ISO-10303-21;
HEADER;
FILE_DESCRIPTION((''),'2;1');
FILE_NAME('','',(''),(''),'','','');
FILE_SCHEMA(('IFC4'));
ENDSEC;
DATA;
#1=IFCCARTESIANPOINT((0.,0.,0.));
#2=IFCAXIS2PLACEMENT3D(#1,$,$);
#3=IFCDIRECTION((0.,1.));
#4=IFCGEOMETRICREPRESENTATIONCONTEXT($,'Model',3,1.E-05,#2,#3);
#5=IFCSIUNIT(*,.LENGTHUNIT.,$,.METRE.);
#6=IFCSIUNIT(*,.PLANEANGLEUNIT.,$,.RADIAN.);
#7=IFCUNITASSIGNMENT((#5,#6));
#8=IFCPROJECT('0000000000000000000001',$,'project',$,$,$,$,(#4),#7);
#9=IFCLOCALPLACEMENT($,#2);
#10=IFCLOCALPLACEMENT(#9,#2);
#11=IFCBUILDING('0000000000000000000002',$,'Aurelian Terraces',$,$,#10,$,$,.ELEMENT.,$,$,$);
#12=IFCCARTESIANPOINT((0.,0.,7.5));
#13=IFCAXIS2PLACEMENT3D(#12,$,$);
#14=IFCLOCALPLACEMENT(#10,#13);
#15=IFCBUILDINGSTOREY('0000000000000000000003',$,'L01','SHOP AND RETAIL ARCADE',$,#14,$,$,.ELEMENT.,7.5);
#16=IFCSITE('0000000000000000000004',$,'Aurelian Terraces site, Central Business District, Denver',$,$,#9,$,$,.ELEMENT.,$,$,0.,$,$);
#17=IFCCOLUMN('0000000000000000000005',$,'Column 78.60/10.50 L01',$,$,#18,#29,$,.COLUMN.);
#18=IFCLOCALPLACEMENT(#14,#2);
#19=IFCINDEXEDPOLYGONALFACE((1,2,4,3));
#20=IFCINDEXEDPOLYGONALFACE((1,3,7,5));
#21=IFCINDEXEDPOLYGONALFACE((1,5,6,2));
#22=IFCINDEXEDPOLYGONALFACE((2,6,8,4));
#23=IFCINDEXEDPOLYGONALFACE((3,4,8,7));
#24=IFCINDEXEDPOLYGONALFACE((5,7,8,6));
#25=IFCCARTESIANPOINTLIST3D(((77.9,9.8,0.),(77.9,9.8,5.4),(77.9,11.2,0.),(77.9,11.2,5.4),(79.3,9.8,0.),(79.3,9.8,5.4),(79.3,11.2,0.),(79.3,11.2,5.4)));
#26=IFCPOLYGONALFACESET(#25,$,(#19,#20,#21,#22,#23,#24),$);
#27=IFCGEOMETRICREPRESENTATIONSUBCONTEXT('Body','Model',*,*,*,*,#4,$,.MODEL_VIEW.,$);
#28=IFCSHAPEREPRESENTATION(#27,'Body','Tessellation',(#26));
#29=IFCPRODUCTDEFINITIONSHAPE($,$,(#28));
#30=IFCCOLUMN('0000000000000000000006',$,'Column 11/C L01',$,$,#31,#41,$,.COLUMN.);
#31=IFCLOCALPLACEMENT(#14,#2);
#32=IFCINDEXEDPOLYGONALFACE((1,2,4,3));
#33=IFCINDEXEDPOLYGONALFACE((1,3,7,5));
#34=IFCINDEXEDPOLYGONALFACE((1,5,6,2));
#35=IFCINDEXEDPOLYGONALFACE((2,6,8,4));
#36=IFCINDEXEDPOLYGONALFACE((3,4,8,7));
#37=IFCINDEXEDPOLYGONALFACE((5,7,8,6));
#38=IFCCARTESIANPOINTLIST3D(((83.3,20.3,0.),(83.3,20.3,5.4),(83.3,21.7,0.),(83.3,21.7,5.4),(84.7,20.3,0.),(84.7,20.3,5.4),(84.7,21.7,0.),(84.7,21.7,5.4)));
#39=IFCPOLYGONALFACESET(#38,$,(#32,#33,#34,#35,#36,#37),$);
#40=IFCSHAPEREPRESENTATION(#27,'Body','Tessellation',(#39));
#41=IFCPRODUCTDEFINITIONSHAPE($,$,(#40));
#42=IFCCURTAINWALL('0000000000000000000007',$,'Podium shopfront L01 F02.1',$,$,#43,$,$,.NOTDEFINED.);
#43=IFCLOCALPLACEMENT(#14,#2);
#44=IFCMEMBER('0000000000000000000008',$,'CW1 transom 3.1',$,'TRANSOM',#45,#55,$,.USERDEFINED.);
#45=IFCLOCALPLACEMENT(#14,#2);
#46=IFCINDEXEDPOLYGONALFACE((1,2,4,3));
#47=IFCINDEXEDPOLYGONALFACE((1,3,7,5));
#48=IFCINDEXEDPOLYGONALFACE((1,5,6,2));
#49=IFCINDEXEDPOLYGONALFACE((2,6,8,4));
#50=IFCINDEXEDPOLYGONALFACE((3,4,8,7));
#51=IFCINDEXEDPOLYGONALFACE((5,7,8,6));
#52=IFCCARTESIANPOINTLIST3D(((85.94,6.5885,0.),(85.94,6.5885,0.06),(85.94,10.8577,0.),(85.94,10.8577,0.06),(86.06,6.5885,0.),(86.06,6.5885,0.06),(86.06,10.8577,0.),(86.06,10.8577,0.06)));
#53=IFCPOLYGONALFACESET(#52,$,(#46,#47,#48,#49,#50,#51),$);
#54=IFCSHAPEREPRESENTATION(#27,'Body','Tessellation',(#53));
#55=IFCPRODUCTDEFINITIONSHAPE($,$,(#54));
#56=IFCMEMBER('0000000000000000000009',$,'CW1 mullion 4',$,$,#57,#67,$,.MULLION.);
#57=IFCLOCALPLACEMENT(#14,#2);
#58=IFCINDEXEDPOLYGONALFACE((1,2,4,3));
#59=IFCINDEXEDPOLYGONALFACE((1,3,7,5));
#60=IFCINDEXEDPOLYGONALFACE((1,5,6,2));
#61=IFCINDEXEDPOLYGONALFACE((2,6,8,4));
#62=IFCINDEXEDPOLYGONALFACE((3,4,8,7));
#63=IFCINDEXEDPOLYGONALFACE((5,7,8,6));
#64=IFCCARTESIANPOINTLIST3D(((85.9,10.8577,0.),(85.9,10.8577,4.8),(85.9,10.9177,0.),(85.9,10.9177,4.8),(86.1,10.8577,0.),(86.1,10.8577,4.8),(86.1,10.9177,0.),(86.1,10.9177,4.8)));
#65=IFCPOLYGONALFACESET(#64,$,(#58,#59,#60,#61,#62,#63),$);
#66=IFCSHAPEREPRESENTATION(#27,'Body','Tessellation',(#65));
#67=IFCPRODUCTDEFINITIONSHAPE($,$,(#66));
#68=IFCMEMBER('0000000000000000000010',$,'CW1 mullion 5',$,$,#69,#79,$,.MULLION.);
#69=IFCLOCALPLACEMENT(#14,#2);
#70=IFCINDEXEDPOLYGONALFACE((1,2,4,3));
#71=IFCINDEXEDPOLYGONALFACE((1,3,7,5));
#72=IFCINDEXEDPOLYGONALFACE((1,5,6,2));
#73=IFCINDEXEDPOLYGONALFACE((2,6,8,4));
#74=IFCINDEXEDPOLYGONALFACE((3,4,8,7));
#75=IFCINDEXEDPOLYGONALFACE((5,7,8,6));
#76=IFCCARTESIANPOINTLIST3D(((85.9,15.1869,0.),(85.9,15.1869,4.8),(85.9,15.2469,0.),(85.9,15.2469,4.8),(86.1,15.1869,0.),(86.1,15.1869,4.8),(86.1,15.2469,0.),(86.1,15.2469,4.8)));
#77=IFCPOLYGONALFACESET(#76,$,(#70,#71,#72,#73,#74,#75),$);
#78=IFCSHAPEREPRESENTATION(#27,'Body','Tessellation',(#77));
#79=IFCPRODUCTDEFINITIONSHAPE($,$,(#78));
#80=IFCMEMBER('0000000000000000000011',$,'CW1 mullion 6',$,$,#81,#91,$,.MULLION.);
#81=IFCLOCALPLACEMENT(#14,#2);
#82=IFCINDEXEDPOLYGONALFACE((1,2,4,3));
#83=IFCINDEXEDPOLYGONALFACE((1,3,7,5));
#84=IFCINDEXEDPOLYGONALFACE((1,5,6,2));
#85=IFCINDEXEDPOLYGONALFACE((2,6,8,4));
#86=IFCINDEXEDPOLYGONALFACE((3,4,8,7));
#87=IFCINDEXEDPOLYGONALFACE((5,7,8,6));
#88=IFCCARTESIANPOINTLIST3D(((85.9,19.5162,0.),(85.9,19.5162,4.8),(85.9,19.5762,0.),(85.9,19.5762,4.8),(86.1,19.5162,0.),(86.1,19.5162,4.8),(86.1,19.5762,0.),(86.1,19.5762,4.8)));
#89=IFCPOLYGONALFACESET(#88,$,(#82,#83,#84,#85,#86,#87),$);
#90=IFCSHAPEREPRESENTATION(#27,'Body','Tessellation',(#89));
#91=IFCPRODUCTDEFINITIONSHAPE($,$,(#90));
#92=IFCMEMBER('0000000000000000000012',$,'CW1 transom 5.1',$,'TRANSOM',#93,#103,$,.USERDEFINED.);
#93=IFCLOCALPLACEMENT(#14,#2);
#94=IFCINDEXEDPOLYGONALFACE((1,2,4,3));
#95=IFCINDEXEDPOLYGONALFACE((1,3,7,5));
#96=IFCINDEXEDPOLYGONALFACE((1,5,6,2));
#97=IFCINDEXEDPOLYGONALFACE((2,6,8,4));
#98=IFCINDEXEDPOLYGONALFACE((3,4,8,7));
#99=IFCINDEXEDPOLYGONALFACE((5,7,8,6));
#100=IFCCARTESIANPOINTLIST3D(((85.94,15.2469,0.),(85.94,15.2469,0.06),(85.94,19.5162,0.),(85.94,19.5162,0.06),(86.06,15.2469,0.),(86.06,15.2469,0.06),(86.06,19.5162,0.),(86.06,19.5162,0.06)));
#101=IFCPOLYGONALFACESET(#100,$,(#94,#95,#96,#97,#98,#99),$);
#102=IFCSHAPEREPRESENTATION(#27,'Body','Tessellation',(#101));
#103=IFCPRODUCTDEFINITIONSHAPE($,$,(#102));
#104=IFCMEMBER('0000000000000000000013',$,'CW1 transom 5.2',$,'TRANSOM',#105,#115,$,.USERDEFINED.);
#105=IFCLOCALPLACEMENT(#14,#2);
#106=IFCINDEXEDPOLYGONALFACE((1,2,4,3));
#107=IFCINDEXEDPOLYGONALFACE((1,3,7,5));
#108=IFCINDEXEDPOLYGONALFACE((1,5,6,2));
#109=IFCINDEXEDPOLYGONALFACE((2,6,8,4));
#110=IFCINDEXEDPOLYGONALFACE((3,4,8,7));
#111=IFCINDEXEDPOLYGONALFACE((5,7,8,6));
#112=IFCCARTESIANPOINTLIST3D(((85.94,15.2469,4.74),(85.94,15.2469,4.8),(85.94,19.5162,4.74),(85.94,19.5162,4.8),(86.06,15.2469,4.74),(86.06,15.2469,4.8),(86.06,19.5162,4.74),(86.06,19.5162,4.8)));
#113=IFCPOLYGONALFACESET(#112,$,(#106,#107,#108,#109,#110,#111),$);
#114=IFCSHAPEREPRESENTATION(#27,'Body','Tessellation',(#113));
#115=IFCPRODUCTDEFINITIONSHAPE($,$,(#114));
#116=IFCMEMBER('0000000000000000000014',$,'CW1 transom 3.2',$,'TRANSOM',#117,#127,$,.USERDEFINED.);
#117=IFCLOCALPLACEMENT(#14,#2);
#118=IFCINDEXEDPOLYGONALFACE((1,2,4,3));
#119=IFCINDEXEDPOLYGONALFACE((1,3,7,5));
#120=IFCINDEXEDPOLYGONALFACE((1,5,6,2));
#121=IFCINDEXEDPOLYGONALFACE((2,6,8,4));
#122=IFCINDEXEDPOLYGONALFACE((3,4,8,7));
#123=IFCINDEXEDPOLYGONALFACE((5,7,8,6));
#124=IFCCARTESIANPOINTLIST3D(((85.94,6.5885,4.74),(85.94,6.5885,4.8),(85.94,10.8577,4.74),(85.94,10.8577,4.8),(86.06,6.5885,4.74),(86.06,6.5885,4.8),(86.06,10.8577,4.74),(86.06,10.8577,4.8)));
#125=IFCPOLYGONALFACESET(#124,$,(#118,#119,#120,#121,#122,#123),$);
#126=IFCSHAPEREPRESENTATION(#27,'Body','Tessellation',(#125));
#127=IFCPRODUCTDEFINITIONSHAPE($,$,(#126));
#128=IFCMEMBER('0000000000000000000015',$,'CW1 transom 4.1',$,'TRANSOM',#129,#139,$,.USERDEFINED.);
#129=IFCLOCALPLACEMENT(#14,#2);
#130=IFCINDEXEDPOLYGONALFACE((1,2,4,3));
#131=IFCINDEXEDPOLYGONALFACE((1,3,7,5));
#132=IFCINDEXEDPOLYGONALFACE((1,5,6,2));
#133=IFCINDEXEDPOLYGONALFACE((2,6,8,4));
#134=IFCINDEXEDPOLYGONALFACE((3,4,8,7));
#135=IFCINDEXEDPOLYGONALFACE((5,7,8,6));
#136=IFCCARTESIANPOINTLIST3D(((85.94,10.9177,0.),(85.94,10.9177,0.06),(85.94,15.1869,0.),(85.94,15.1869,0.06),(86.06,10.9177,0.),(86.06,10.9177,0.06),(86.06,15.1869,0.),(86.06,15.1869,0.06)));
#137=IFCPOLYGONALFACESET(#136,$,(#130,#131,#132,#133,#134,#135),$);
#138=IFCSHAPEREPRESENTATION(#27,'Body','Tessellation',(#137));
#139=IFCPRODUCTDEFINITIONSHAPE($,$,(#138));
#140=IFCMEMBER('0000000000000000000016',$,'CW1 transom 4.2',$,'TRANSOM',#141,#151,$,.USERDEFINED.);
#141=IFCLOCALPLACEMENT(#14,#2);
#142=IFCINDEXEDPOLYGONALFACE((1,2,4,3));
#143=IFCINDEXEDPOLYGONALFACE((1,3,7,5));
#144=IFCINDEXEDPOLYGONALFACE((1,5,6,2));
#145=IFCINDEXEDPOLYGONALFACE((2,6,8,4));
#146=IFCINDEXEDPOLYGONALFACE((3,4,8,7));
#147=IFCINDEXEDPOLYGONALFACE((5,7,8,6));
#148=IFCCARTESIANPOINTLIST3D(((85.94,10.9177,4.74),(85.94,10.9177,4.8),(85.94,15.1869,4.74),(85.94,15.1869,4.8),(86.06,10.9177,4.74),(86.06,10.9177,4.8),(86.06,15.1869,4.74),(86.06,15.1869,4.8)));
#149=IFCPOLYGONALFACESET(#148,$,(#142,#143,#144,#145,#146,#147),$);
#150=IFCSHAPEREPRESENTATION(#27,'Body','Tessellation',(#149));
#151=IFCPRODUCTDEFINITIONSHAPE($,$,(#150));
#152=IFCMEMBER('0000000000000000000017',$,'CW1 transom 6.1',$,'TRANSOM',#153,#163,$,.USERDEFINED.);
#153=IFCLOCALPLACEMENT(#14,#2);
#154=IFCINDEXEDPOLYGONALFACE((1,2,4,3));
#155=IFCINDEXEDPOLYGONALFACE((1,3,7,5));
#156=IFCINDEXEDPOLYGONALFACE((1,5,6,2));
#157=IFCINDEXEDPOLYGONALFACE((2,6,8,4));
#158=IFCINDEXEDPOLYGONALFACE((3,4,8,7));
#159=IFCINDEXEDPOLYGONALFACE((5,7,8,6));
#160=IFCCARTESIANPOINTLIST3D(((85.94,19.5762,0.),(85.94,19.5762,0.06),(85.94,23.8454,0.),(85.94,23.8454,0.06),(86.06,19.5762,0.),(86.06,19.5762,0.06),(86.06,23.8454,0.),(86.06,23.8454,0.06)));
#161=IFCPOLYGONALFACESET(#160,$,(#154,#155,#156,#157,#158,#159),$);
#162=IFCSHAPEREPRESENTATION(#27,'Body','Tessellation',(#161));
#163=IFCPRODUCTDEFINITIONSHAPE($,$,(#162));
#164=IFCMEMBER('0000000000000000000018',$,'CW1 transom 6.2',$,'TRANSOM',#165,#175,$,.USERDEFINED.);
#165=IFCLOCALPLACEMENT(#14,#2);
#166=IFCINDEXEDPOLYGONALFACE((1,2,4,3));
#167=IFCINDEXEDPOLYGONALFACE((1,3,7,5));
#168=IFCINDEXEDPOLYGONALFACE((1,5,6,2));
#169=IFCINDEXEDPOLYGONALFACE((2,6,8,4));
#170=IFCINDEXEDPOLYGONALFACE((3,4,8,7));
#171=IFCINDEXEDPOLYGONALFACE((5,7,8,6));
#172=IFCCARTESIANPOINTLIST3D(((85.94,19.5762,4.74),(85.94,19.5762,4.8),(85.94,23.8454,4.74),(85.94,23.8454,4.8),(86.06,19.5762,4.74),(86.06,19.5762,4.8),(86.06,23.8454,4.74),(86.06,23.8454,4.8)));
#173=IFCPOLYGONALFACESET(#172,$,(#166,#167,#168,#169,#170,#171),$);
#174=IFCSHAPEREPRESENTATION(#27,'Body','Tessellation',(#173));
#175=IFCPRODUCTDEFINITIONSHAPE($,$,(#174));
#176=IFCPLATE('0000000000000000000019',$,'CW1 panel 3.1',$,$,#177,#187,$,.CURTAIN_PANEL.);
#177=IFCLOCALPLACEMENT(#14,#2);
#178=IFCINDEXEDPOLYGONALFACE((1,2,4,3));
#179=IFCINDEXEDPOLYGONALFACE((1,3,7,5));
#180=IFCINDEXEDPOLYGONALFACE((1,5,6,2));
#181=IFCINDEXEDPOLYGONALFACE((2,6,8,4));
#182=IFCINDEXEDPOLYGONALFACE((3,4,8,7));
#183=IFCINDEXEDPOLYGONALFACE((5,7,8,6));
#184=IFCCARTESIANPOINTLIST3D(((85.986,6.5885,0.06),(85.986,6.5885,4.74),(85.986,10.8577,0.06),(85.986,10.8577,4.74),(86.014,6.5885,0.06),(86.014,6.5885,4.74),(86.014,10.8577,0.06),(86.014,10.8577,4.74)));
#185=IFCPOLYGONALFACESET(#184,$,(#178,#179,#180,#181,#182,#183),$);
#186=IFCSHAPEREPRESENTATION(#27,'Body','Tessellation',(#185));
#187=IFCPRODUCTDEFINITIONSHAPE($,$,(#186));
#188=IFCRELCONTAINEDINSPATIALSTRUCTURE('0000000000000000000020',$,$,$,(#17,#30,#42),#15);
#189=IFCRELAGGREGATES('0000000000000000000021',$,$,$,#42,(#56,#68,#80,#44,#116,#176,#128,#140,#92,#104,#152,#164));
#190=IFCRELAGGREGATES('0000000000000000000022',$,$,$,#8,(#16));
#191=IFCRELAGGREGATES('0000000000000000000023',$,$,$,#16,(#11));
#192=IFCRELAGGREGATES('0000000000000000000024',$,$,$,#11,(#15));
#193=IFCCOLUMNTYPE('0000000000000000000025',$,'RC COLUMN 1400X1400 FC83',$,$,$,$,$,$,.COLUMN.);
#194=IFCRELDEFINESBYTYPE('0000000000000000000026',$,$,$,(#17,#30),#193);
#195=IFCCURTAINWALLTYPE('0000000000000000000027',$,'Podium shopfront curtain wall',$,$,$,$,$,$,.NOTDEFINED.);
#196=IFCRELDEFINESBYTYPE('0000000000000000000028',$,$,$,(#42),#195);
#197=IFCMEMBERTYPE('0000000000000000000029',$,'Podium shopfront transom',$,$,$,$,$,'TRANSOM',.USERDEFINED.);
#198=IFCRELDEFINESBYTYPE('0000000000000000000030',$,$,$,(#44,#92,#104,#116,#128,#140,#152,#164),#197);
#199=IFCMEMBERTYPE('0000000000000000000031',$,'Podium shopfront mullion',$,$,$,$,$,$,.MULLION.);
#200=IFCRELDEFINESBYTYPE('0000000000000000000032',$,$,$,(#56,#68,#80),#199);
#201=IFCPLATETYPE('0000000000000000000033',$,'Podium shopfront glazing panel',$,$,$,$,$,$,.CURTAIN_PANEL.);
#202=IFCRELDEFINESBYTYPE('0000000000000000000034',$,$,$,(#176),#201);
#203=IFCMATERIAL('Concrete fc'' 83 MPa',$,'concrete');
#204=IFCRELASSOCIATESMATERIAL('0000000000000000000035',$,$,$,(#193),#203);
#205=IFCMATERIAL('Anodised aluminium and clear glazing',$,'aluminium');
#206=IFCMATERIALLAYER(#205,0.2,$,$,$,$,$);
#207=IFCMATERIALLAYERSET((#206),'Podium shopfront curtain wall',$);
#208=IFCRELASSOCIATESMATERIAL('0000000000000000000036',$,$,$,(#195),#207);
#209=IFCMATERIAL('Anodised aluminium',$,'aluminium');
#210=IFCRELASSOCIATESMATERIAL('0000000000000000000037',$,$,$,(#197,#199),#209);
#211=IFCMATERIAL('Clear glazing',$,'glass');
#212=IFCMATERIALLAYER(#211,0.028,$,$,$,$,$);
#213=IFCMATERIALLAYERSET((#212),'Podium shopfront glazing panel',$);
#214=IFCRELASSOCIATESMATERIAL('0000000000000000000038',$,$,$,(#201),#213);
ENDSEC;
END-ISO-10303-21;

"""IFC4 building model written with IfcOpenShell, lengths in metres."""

from ifc_helpers import new_model, si_unit, direction, frame, origin, origin_2d, place, context, subcontext, project, spatial, rectangle, extrude, source, transform, mapped, material, layer, layer_set, material_profile, profile_set, type_object, element, aggregate, save


model = new_model("IFC4")

# Units and contexts
model_context = context("Model", 3, precision=1e-05, world=origin(), true_north=direction((0.0, 1.0)))
body_context = subcontext(model_context, "Body", "Model", "MODEL_VIEW")
ifc_project = project(units=[si_unit("LENGTHUNIT", "METRE"), si_unit("PLANEANGLEUNIT", "RADIAN")], contexts=[model_context])

# Site, building, storey
site_placement = place(None, origin())
site = spatial("IfcSite", under=ifc_project, at=site_placement, Name="Aurelian Terraces site, Central Business District, Denver", CompositionType="ELEMENT", RefElevation=0.0)
building_placement = place(site_placement, origin())
building = spatial("IfcBuilding", under=site, at=building_placement, Name="Aurelian Terraces", CompositionType="ELEMENT")
storey_placement = place(building_placement, frame((0.0, 0.0, 7.5)))
storey = spatial("IfcBuildingStorey", under=building, at=storey_placement, Name="L01", Description="SHOP AND RETAIL ARCADE", CompositionType="ELEMENT", Elevation=7.5)

# Columns
ifc_material_1 = material(Name="Concrete fc' 83 MPa", Category="concrete")
ifc_material_profile_1 = material_profile(ifc_material_1, rectangle(XDim=1.4, YDim=1.4, at=origin_2d()))
ifc_profile_set_1 = profile_set([ifc_material_profile_1], Name="Concrete fc' 83 MPa")
column_type = type_object("IfcColumnType", Name="RC COLUMN 1400X1400 FC83", PredefinedType="COLUMN", material=ifc_profile_set_1)
shared_shape_1 = source(origin(), body_context, "Body", "SweptSolid", [
    extrude(rectangle(XDim=1.4, YDim=1.4, at=origin_2d()), origin(), (0.0, 0.0, 1.0), 5.4),
])
for number, where, z_axis, x_axis, name in (
    (1, (78.6, 10.5, 0.0), (0.0, 0.0, 1.0), (1.0, 0.0, 0.0), "Column 78.60/10.50 L01"),
    (2, (84.0, 21.0, 0.0), (0.0, 0.0, 1.0), (1.0, 0.0, 0.0), "Column 11/C L01"),
):
    element("IfcColumn", number, at=place(storey_placement, frame(where, z_axis=z_axis, x_axis=x_axis)), inside=storey, type_object=column_type, Name=name, PredefinedType="COLUMN", context=body_context, shape_type="MappedRepresentation", body=[
        mapped(shared_shape_1, transform((0.0, 0.0, 0.0), scale=1.0)),
    ])

# Curtain wall, members, plate
ifc_material_2 = material(Name="Anodised aluminium and clear glazing", Category="aluminium")
ifc_layer_1 = layer(ifc_material_2, 0.2)
ifc_layer_set_1 = layer_set([ifc_layer_1], Name="Podium shopfront curtain wall")
curtain_wall_type = type_object("IfcCurtainWallType", Name="Podium shopfront curtain wall", PredefinedType="NOTDEFINED", material=ifc_layer_set_1)
curtain_wall_placement = place(storey_placement, origin())
curtain_wall = element("IfcCurtainWall", 3, at=curtain_wall_placement, inside=storey, type_object=curtain_wall_type, Name="Podium shopfront L01 F02.1", PredefinedType="NOTDEFINED")
ifc_material_3 = material(Name="Anodised aluminium", Category="aluminium")
ifc_material_profile_2 = material_profile(ifc_material_3, rectangle(XDim=0.12, YDim=0.06, at=origin_2d()))
ifc_profile_set_2 = profile_set([ifc_material_profile_2], Name="Anodised aluminium")
member_type_1 = type_object("IfcMemberType", Name="Podium shopfront transom", ElementType="TRANSOM", PredefinedType="USERDEFINED", material=ifc_profile_set_2)
member_1_placement = place(storey_placement, frame((86.0, 6.5885, 0.03), z_axis=(0.0, 1.0, 0.0), x_axis=(-1.0, 0.0, 0.0)))
member_1 = element("IfcMember", 4, at=member_1_placement, type_object=member_type_1, Name="CW1 transom 3.1", ObjectType="TRANSOM", PredefinedType="USERDEFINED", context=body_context, shape_type="SweptSolid", body=[
    extrude(rectangle(XDim=0.12, YDim=0.06, at=origin_2d()), origin(), (0.0, 0.0, 1.0), 4.2692),
])
ifc_material_profile_3 = material_profile(ifc_material_3, rectangle(XDim=0.2, YDim=0.06, at=origin_2d()))
ifc_profile_set_3 = profile_set([ifc_material_profile_3], Name="Anodised aluminium")
member_type_2 = type_object("IfcMemberType", Name="Podium shopfront mullion", PredefinedType="MULLION", material=ifc_profile_set_3)
shared_shape_2 = source(origin(), body_context, "Body", "SweptSolid", [
    extrude(rectangle(XDim=0.2, YDim=0.06, at=origin_2d()), origin(), (0.0, 0.0, 1.0), 4.8),
])
member_2_placement = place(storey_placement, frame((86.0, 10.8877, 0.0), z_axis=(0.0, 0.0, 1.0), x_axis=(-1.0, 0.0, 0.0)))
member_2 = element("IfcMember", 5, at=member_2_placement, type_object=member_type_2, Name="CW1 mullion 4", PredefinedType="MULLION", context=body_context, shape_type="MappedRepresentation", body=[
    mapped(shared_shape_2, transform((0.0, 0.0, 0.0), scale=1.0)),
])
member_3_placement = place(storey_placement, frame((86.0, 15.2169, 0.0), z_axis=(0.0, 0.0, 1.0), x_axis=(-1.0, 0.0, 0.0)))
member_3 = element("IfcMember", 6, at=member_3_placement, type_object=member_type_2, Name="CW1 mullion 5", PredefinedType="MULLION", context=body_context, shape_type="MappedRepresentation", body=[
    mapped(shared_shape_2, transform((0.0, 0.0, 0.0), scale=1.0)),
])
member_4_placement = place(storey_placement, frame((86.0, 19.5462, 0.0), z_axis=(0.0, 0.0, 1.0), x_axis=(-1.0, 0.0, 0.0)))
member_4 = element("IfcMember", 7, at=member_4_placement, type_object=member_type_2, Name="CW1 mullion 6", PredefinedType="MULLION", context=body_context, shape_type="MappedRepresentation", body=[
    mapped(shared_shape_2, transform((0.0, 0.0, 0.0), scale=1.0)),
])
shared_shape_3 = source(origin(), body_context, "Body", "SweptSolid", [
    extrude(rectangle(XDim=0.12, YDim=0.06, at=origin_2d()), origin(), (0.0, 0.0, 1.0), 4.2693),
])
member_5_placement = place(storey_placement, frame((86.0, 15.2469, 0.03), z_axis=(0.0, 1.0, 0.0), x_axis=(-1.0, 0.0, 0.0)))
member_5 = element("IfcMember", 8, at=member_5_placement, type_object=member_type_1, Name="CW1 transom 5.1", ObjectType="TRANSOM", PredefinedType="USERDEFINED", context=body_context, shape_type="MappedRepresentation", body=[
    mapped(shared_shape_3, transform((0.0, 0.0, 0.0), scale=1.0)),
])
member_6_placement = place(storey_placement, frame((86.0, 15.2469, 4.77), z_axis=(0.0, 1.0, 0.0), x_axis=(-1.0, 0.0, 0.0)))
member_6 = element("IfcMember", 9, at=member_6_placement, type_object=member_type_1, Name="CW1 transom 5.2", ObjectType="TRANSOM", PredefinedType="USERDEFINED", context=body_context, shape_type="MappedRepresentation", body=[
    mapped(shared_shape_3, transform((0.0, 0.0, 0.0), scale=1.0)),
])
shared_shape_4 = source(origin(), body_context, "Body", "SweptSolid", [
    extrude(rectangle(XDim=0.12, YDim=0.06, at=origin_2d()), origin(), (0.0, 0.0, 1.0), 4.2692),
])
member_7_placement = place(storey_placement, frame((86.0, 6.5885, 4.77), z_axis=(0.0, 1.0, 0.0), x_axis=(-1.0, 0.0, 0.0)))
member_7 = element("IfcMember", 10, at=member_7_placement, type_object=member_type_1, Name="CW1 transom 3.2", ObjectType="TRANSOM", PredefinedType="USERDEFINED", context=body_context, shape_type="MappedRepresentation", body=[
    mapped(shared_shape_4, transform((0.0, 0.0, 0.0), scale=1.0)),
])
member_8_placement = place(storey_placement, frame((86.0, 10.9177, 0.03), z_axis=(0.0, 1.0, 0.0), x_axis=(-1.0, 0.0, 0.0)))
member_8 = element("IfcMember", 11, at=member_8_placement, type_object=member_type_1, Name="CW1 transom 4.1", ObjectType="TRANSOM", PredefinedType="USERDEFINED", context=body_context, shape_type="MappedRepresentation", body=[
    mapped(shared_shape_4, transform((0.0, 0.0, 0.0), scale=1.0)),
])
member_9_placement = place(storey_placement, frame((86.0, 10.9177, 4.77), z_axis=(0.0, 1.0, 0.0), x_axis=(-1.0, 0.0, 0.0)))
member_9 = element("IfcMember", 12, at=member_9_placement, type_object=member_type_1, Name="CW1 transom 4.2", ObjectType="TRANSOM", PredefinedType="USERDEFINED", context=body_context, shape_type="MappedRepresentation", body=[
    mapped(shared_shape_4, transform((0.0, 0.0, 0.0), scale=1.0)),
])
member_10_placement = place(storey_placement, frame((86.0, 19.5762, 0.03), z_axis=(0.0, 1.0, 0.0), x_axis=(-1.0, 0.0, 0.0)))
member_10 = element("IfcMember", 13, at=member_10_placement, type_object=member_type_1, Name="CW1 transom 6.1", ObjectType="TRANSOM", PredefinedType="USERDEFINED", context=body_context, shape_type="MappedRepresentation", body=[
    mapped(shared_shape_4, transform((0.0, 0.0, 0.0), scale=1.0)),
])
member_11_placement = place(storey_placement, frame((86.0, 19.5762, 4.77), z_axis=(0.0, 1.0, 0.0), x_axis=(-1.0, 0.0, 0.0)))
member_11 = element("IfcMember", 14, at=member_11_placement, type_object=member_type_1, Name="CW1 transom 6.2", ObjectType="TRANSOM", PredefinedType="USERDEFINED", context=body_context, shape_type="MappedRepresentation", body=[
    mapped(shared_shape_4, transform((0.0, 0.0, 0.0), scale=1.0)),
])
ifc_material_4 = material(Name="Clear glazing", Category="glass")
ifc_layer_2 = layer(ifc_material_4, 0.028)
ifc_layer_set_2 = layer_set([ifc_layer_2], Name="Podium shopfront glazing panel")
plate_type = type_object("IfcPlateType", Name="Podium shopfront glazing panel", PredefinedType="CURTAIN_PANEL", material=ifc_layer_set_2)
shared_shape_5 = source(origin(), body_context, "Body", "SweptSolid", [
    extrude(rectangle(XDim=4.2692, YDim=0.028, at=origin_2d()), origin(), (0.0, 0.0, 1.0), 4.68),
])
plate_1_placement = place(storey_placement, frame((86.0, 8.7231, 0.06), z_axis=(0.0, 0.0, 1.0), x_axis=(0.0, 1.0, 0.0)))
plate_1 = element("IfcPlate", 15, at=plate_1_placement, type_object=plate_type, Name="CW1 panel 3.1", PredefinedType="CURTAIN_PANEL", context=body_context, shape_type="MappedRepresentation", body=[
    mapped(shared_shape_5, transform((0.0, 0.0, 0.0), scale=1.0)),
])
aggregate(curtain_wall, [member_2, member_3, member_4, member_1, member_7, plate_1, member_8, member_9, member_5, member_6, member_10, member_11])

save(model, "model.ifc")
